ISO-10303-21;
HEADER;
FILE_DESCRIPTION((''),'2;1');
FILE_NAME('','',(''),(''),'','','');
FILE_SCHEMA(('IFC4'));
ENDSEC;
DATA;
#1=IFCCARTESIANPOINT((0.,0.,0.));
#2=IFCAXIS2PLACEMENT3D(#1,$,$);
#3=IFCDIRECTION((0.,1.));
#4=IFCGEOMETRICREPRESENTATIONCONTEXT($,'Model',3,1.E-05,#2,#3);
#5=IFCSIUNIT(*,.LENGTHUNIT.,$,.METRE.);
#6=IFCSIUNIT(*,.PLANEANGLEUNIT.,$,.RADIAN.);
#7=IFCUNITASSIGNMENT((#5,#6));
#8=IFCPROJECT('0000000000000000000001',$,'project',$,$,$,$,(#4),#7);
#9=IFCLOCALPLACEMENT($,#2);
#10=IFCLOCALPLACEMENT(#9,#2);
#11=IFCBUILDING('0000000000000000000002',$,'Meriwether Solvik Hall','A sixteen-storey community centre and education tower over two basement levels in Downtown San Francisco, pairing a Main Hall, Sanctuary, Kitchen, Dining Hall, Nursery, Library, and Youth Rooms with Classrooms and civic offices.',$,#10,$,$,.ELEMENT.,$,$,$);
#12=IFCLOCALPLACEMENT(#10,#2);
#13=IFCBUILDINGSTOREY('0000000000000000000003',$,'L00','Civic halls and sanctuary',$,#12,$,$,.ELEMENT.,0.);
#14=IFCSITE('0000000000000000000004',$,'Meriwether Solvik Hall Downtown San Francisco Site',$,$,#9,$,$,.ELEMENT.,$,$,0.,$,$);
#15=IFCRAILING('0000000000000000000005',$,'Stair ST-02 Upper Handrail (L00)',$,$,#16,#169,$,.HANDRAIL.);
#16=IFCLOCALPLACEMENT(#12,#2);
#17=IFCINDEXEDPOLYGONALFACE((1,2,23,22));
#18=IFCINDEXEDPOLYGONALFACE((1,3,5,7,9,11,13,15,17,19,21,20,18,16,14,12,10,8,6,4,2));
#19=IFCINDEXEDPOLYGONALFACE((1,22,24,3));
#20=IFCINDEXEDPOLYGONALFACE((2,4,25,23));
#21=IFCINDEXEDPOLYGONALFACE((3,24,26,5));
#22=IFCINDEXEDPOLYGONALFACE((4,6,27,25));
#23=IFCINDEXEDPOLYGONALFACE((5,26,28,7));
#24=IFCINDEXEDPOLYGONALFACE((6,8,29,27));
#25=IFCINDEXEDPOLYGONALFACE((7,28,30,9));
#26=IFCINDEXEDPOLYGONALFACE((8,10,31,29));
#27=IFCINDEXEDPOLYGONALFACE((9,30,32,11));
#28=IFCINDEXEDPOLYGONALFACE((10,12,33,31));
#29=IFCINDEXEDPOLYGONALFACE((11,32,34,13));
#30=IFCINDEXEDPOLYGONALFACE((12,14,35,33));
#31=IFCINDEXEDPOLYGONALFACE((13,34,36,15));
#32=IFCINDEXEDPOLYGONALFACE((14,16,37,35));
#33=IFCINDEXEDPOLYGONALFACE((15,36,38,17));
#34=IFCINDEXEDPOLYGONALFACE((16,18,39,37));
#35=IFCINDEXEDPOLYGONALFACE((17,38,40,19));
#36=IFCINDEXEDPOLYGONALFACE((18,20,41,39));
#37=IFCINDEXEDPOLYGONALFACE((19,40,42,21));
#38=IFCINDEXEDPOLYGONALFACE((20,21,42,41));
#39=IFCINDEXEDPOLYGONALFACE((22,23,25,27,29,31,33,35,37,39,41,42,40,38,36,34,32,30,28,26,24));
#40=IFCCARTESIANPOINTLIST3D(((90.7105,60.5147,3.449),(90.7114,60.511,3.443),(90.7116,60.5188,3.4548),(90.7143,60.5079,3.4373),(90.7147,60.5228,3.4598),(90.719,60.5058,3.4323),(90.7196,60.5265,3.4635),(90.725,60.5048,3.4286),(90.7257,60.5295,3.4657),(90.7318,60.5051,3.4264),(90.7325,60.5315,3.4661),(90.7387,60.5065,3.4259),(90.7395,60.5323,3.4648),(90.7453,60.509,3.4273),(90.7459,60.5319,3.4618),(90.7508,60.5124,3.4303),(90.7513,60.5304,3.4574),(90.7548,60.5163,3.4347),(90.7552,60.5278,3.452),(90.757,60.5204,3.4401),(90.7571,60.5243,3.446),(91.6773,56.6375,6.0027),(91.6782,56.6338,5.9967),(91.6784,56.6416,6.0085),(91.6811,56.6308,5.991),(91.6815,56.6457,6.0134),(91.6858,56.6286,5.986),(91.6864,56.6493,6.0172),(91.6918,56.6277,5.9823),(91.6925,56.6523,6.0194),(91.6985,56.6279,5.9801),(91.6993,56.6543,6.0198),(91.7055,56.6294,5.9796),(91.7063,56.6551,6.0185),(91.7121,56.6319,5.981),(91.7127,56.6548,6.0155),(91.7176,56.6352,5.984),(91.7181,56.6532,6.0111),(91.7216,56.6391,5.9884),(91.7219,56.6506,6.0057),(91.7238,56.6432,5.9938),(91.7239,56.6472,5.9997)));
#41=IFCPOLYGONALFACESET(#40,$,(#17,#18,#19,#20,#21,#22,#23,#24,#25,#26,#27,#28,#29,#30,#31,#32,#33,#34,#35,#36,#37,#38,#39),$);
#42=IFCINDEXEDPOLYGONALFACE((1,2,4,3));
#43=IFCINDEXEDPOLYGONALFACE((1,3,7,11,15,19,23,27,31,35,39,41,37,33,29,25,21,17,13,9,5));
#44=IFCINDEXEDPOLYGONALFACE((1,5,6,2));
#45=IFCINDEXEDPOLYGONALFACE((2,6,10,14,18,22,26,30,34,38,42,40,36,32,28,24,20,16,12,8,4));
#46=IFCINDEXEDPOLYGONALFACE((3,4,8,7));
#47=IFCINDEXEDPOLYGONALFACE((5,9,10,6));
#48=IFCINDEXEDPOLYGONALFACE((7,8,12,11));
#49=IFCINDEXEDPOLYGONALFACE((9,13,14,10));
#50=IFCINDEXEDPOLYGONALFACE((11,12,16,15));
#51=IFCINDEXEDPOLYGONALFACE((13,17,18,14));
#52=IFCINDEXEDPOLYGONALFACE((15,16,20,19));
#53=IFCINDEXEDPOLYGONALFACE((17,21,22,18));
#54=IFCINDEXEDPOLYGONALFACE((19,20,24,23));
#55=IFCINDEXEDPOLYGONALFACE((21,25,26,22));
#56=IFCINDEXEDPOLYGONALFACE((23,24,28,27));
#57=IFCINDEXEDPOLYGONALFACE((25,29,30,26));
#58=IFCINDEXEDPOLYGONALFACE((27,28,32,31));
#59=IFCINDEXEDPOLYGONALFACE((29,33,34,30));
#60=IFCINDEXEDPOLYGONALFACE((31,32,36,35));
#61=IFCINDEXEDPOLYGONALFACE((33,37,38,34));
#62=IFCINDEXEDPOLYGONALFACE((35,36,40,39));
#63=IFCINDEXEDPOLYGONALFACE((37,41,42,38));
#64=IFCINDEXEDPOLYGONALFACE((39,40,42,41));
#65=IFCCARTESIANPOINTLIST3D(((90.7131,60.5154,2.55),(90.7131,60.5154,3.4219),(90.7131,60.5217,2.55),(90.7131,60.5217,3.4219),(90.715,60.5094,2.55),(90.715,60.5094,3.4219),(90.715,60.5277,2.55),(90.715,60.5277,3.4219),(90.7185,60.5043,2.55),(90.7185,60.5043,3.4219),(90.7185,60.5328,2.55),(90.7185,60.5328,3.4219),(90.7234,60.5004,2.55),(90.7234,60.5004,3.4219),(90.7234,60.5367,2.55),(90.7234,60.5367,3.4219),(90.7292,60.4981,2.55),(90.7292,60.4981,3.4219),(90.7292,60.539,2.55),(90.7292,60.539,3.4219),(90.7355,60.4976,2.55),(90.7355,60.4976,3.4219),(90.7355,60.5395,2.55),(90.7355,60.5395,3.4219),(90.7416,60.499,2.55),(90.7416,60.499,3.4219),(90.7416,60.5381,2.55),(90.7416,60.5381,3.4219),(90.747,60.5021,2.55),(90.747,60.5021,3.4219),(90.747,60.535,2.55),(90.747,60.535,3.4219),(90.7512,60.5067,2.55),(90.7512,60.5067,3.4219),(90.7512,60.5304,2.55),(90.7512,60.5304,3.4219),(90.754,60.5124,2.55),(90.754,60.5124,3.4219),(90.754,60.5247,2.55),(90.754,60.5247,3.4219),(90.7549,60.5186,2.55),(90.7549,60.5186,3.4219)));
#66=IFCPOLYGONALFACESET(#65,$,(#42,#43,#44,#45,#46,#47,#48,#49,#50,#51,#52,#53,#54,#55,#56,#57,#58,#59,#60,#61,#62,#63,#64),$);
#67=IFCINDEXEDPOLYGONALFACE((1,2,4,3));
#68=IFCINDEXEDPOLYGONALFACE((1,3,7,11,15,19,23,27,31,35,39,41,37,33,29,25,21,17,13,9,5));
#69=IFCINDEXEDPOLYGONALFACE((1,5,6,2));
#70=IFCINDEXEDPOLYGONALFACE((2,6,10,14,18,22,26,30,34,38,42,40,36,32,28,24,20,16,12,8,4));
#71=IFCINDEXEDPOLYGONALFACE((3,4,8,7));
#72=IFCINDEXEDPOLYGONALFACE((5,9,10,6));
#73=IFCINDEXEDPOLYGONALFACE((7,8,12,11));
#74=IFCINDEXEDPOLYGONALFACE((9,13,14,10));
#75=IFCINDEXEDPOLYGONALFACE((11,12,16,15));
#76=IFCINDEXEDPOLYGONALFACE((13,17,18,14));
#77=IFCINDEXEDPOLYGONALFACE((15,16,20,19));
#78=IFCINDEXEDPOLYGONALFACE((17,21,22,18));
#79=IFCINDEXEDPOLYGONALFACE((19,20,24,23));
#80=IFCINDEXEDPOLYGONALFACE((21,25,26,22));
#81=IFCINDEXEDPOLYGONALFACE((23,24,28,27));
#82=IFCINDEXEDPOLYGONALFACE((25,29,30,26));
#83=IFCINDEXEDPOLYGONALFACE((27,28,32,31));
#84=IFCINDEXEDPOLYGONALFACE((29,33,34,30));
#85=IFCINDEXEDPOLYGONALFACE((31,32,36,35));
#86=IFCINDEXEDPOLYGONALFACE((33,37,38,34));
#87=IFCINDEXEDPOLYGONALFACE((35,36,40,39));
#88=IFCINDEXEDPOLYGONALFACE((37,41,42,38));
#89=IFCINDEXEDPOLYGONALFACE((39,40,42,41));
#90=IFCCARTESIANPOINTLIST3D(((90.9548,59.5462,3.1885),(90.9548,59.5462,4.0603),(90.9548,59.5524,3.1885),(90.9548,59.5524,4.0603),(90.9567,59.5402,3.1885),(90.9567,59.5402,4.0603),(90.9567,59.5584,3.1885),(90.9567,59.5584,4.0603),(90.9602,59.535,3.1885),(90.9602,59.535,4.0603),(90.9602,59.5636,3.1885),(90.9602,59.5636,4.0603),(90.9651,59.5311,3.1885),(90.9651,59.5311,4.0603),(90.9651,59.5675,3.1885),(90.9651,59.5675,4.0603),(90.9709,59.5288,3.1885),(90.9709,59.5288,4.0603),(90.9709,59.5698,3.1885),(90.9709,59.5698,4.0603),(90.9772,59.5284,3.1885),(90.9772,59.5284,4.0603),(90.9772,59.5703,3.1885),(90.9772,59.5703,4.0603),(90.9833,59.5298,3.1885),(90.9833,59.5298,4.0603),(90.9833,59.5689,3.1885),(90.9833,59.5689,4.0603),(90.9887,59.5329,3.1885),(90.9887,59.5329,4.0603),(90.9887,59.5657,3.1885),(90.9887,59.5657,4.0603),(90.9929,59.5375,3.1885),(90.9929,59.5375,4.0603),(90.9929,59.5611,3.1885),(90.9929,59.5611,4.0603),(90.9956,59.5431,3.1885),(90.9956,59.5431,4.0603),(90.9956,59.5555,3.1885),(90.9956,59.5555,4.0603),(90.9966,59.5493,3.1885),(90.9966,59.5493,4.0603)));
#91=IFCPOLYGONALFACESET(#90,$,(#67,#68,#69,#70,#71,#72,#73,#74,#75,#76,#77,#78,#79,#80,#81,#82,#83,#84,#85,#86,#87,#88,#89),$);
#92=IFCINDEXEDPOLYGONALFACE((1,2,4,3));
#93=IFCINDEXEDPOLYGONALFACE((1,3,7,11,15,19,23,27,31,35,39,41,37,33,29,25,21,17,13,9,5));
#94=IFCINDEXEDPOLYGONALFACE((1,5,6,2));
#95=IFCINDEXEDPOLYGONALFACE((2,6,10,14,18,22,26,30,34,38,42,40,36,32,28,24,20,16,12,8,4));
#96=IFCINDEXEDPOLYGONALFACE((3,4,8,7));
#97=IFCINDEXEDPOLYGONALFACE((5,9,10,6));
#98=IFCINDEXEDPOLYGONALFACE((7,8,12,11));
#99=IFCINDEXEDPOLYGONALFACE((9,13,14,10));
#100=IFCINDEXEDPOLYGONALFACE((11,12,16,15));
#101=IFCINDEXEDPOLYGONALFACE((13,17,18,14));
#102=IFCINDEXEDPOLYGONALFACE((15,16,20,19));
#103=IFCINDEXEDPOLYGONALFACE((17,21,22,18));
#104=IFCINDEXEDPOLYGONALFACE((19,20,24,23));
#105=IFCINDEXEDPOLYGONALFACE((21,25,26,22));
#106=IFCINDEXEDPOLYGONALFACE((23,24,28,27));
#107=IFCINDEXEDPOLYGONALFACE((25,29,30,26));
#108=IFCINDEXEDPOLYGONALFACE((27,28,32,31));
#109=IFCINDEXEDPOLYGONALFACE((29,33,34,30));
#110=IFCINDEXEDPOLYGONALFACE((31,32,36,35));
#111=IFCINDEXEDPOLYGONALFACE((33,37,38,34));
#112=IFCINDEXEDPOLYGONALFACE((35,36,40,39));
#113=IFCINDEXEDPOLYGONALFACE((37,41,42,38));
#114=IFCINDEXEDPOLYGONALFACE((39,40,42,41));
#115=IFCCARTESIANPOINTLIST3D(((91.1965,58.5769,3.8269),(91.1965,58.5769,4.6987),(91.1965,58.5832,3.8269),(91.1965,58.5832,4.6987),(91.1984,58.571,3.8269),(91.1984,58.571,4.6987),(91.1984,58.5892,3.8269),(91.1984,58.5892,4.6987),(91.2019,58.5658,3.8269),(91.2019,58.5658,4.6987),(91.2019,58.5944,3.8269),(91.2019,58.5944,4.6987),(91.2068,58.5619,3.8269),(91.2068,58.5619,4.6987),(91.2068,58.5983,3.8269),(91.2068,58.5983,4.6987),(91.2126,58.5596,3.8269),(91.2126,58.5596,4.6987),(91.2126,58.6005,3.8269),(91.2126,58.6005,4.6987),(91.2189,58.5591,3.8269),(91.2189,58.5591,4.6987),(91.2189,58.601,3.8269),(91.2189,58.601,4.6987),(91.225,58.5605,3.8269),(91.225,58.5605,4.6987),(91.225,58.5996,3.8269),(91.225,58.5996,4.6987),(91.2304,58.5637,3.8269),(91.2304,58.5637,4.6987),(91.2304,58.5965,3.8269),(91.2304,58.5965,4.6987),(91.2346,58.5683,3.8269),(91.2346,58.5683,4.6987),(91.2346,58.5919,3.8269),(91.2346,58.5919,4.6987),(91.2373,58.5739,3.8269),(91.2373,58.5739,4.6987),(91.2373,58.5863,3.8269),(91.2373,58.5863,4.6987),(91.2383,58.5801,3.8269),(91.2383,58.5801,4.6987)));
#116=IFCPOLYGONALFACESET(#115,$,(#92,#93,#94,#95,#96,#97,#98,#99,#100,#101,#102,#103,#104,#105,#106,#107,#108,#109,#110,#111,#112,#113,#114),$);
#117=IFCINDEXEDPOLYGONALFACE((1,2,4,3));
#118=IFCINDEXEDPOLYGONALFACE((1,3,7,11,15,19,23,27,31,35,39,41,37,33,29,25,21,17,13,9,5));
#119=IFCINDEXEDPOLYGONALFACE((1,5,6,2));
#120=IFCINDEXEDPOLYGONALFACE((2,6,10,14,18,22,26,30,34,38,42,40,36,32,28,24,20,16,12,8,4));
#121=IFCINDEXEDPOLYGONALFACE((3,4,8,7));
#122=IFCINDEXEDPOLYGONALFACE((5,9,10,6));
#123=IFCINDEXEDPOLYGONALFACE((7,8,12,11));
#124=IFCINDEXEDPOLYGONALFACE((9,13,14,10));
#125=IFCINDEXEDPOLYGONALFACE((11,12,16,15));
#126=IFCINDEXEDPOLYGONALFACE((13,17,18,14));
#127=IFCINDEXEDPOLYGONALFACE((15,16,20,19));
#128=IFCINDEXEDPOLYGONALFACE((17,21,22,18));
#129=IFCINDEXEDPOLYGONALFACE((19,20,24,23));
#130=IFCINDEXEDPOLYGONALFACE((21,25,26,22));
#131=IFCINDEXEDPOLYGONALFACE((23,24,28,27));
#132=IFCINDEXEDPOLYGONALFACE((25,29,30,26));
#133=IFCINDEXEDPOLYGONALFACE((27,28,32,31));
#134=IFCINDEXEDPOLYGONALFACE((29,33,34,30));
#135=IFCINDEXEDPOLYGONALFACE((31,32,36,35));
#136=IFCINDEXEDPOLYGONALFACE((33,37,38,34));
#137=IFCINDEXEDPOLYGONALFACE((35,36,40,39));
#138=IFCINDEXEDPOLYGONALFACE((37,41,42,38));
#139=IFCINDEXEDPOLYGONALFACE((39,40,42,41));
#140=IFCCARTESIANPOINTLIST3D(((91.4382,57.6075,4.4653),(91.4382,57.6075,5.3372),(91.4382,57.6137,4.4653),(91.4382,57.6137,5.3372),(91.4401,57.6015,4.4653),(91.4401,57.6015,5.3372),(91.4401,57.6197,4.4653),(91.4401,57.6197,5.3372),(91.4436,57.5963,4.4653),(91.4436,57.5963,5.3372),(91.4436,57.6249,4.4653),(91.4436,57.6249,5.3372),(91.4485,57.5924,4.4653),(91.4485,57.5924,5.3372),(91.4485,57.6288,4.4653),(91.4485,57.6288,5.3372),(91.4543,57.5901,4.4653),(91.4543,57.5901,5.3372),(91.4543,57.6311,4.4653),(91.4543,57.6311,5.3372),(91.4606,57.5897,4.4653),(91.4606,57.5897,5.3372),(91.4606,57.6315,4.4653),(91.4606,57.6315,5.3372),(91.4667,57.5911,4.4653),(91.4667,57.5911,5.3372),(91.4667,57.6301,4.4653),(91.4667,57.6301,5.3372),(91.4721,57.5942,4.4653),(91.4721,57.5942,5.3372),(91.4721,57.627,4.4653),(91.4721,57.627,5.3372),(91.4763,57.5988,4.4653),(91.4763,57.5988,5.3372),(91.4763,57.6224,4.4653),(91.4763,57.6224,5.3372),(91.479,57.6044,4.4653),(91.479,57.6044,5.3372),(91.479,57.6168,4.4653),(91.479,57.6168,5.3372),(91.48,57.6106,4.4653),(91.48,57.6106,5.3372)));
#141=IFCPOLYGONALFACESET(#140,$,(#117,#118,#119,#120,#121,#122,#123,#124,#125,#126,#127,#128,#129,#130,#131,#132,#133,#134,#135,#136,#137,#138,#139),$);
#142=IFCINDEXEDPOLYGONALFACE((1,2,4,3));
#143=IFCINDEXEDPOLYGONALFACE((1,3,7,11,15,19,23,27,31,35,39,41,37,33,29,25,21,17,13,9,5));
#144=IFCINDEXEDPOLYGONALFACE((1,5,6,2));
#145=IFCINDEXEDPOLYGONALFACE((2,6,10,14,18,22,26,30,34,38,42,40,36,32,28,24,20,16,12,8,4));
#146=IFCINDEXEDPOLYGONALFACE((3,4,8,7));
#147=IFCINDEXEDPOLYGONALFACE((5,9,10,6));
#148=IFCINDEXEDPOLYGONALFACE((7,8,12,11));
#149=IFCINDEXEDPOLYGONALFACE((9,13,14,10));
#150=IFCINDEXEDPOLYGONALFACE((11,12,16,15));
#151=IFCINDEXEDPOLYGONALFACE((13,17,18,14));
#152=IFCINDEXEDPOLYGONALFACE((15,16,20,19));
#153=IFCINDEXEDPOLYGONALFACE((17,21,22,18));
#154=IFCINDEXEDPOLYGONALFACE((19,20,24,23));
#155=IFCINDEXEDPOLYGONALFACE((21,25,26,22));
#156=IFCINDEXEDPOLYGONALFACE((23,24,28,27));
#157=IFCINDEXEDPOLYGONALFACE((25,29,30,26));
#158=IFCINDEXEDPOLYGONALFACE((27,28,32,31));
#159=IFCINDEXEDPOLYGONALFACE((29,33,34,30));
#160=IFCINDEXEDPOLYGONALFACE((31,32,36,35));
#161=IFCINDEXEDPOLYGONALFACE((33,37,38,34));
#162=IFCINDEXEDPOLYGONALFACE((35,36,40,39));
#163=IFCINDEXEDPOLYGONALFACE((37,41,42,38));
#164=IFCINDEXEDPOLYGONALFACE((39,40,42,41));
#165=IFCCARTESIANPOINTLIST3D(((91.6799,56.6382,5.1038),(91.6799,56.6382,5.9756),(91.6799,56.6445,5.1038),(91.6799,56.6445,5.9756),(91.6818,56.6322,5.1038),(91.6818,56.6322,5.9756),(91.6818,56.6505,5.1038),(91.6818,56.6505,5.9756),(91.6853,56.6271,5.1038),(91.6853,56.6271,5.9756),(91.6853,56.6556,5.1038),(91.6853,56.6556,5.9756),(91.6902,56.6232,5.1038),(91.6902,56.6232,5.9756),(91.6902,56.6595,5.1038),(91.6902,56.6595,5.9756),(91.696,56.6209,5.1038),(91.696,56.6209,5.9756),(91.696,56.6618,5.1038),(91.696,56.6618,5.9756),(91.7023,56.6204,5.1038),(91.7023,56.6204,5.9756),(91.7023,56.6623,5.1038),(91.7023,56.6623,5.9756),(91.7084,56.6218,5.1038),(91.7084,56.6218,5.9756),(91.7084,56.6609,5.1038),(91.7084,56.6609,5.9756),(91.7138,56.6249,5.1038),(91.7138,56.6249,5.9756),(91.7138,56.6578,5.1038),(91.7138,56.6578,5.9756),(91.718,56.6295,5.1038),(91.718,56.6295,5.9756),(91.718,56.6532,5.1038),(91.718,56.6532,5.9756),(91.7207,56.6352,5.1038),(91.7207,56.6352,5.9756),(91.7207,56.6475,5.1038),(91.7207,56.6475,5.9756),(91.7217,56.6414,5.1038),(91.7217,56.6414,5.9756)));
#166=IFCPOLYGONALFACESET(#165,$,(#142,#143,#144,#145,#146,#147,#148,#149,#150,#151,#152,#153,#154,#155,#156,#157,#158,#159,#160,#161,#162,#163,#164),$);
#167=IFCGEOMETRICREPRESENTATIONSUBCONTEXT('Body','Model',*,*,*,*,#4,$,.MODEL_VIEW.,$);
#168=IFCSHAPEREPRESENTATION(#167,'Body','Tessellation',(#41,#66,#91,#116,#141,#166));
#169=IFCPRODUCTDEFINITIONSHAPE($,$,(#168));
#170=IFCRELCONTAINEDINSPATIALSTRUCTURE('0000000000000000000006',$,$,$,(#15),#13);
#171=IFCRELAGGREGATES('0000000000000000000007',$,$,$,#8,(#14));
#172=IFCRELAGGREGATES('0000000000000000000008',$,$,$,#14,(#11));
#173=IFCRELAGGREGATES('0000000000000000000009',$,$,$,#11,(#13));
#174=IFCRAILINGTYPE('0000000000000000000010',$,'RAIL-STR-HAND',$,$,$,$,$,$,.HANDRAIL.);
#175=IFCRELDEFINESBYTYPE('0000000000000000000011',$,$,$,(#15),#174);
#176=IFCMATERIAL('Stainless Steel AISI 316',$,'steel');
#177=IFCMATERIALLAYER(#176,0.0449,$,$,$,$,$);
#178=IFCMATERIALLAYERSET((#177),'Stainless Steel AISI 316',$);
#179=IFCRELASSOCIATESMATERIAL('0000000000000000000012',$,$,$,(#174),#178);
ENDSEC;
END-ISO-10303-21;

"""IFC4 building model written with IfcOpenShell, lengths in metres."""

from ifc_helpers import new_model, si_unit, direction, frame, origin, origin_2d, place, context, subcontext, project, spatial, circle, extrude, material, layer, layer_set, type_object, element, save


model = new_model("IFC4")

# Units and contexts
model_context = context("Model", 3, precision=1e-05, world=origin(), true_north=direction((0.0, 1.0)))
body_context = subcontext(model_context, "Body", "Model", "MODEL_VIEW")
ifc_project = project(units=[si_unit("LENGTHUNIT", "METRE"), si_unit("PLANEANGLEUNIT", "RADIAN")], contexts=[model_context])

# Site, building, storey
site_placement = place(None, origin())
site = spatial("IfcSite", under=ifc_project, at=site_placement, Name="Meriwether Solvik Hall Downtown San Francisco Site", CompositionType="ELEMENT", RefElevation=0.0)
building_placement = place(site_placement, origin())
building = spatial("IfcBuilding", under=site, at=building_placement, Name="Meriwether Solvik Hall", Description="A sixteen-storey community centre and education tower over two basement levels in Downtown San Francisco, pairing a Main Hall, Sanctuary, Kitchen, Dining Hall, Nursery, Library, and Youth Rooms with Classrooms and civic offices.", CompositionType="ELEMENT")
storey_placement = place(building_placement, origin())
storey = spatial("IfcBuildingStorey", under=building, at=storey_placement, Name="L00", Description="Civic halls and sanctuary", CompositionType="ELEMENT", Elevation=0.0)

# Railing
ifc_material_1 = material(Name="Stainless Steel AISI 316", Category="steel")
ifc_layer_1 = layer(ifc_material_1, 0.0449)
ifc_layer_set_1 = layer_set([ifc_layer_1], Name="Stainless Steel AISI 316")
railing_type_1 = type_object("IfcRailingType", Name="RAIL-STR-HAND", PredefinedType="HANDRAIL", material=ifc_layer_set_1)
railing_1_placement = place(storey_placement, frame((90.7339, 60.5186, 2.55)))
element("IfcRailing", 1, at=railing_1_placement, inside=storey, type_object=railing_type_1, Name="Stair ST-02 Upper Handrail (L00)", PredefinedType="HANDRAIL", context=body_context, shape_type="SweptSolid", body=[
    extrude(circle(Radius=0.0239, at=origin_2d()), frame((0.0, 0.0, 0.896), z_axis=(0.203869, -0.817589, 0.538504), x_axis=(0.97029, 0.241946, 0.0)), (0.0, 0.0, 1.0), 4.7422),
    extrude(circle(Radius=0.021, at=origin_2d()), origin(), (0.0, 0.0, 1.0), 0.8718),
    extrude(circle(Radius=0.021, at=origin_2d()), frame((0.2417, -0.9692, 0.6384)), (0.0, 0.0, 1.0), 0.8718),
    extrude(circle(Radius=0.021, at=origin_2d()), frame((0.4834, -1.9385, 1.2769)), (0.0, 0.0, 1.0), 0.8718),
    extrude(circle(Radius=0.021, at=origin_2d()), frame((0.7251, -2.908, 1.9153)), (0.0, 0.0, 1.0), 0.8718),
    extrude(circle(Radius=0.021, at=origin_2d()), frame((0.9668, -3.8772, 2.5537)), (0.0, 0.0, 1.0), 0.8718),
])

save(model, "model.ifc")
